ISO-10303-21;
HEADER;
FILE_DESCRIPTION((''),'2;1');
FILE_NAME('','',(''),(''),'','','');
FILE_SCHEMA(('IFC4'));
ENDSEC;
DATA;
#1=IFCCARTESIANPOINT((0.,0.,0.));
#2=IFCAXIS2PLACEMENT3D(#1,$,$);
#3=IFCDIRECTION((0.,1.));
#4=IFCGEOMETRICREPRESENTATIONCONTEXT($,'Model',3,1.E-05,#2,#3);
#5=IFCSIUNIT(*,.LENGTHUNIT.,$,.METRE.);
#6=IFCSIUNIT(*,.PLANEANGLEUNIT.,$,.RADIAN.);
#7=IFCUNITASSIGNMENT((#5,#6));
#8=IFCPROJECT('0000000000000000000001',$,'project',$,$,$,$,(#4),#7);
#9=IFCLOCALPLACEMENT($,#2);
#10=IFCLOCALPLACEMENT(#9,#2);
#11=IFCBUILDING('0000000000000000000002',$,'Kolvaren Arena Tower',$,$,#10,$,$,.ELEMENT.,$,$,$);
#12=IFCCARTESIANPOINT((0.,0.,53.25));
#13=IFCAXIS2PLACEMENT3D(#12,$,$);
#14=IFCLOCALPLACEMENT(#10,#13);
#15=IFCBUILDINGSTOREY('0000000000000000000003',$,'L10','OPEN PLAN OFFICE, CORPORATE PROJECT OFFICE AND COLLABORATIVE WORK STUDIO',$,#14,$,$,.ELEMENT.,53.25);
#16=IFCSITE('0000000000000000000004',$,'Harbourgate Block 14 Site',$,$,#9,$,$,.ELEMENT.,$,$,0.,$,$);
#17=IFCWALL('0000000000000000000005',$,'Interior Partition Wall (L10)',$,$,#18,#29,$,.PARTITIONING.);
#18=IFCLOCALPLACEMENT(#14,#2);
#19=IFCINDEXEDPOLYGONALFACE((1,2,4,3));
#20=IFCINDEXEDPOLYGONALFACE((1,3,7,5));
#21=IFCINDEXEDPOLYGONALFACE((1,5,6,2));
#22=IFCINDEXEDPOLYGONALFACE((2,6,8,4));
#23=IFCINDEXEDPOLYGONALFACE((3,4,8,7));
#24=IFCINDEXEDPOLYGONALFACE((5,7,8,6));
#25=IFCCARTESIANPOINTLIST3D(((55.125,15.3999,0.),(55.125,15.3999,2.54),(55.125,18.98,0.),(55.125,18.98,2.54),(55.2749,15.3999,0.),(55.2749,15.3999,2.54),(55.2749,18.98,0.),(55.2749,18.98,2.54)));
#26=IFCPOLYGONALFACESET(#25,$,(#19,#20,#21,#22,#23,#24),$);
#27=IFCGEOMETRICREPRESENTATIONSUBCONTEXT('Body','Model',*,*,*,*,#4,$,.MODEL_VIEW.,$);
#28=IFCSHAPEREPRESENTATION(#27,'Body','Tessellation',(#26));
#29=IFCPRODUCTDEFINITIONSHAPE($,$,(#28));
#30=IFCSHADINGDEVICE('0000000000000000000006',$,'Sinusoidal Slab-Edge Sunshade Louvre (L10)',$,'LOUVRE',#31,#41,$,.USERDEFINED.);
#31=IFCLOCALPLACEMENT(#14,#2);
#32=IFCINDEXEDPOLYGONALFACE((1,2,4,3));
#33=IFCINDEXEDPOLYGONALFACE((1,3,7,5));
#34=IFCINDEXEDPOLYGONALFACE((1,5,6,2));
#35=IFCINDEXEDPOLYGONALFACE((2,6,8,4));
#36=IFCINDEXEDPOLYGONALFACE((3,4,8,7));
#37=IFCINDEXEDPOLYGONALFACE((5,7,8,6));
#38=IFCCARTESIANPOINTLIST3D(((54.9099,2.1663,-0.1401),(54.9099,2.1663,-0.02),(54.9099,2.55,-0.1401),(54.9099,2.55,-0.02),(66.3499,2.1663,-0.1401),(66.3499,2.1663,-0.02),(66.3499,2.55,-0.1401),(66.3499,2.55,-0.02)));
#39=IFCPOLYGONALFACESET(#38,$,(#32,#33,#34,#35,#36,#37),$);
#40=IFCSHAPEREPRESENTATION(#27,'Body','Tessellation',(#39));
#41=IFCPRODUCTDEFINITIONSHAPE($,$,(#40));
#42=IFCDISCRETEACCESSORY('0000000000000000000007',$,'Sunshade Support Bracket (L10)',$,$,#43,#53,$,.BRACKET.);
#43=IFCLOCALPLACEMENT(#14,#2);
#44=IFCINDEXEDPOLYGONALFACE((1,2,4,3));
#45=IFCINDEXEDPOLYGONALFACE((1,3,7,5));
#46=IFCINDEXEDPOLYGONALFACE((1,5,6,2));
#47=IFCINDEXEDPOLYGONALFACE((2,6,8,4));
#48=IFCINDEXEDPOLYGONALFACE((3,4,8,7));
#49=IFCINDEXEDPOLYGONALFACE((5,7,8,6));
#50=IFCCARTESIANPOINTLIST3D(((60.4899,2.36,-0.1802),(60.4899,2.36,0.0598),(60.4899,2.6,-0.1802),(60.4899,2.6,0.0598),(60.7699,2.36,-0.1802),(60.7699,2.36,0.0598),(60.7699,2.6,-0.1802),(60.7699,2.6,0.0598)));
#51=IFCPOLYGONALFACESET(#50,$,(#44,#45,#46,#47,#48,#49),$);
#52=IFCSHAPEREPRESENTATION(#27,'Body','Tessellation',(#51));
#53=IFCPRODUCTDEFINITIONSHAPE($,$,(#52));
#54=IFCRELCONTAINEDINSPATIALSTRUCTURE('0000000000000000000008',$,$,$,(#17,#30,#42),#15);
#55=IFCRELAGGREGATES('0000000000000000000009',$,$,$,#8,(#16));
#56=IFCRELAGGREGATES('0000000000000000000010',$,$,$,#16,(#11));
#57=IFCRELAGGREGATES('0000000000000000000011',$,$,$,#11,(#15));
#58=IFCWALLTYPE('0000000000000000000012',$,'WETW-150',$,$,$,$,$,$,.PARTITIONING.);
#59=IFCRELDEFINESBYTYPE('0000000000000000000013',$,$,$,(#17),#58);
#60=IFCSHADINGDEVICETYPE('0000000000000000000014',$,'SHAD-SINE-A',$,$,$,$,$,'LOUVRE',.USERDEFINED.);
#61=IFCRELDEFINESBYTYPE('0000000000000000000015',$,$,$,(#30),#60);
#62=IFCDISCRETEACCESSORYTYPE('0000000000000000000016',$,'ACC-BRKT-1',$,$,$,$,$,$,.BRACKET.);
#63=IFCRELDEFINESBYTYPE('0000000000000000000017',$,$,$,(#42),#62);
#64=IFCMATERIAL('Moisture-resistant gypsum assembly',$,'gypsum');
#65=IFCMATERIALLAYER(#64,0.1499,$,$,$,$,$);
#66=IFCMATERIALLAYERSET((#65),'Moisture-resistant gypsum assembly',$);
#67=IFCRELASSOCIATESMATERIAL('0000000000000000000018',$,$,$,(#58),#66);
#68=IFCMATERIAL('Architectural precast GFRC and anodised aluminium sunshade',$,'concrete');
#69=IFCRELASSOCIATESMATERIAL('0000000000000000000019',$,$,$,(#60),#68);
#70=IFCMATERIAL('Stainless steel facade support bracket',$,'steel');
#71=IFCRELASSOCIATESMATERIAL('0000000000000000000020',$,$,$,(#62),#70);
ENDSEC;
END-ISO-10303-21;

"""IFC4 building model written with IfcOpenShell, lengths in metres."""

from ifc_helpers import new_model, si_unit, direction, frame, frame_2d, origin, origin_2d, place, context, subcontext, project, spatial, rectangle, extrude, material, layer, layer_set, type_object, element, save


model = new_model("IFC4")

# Units and contexts
model_context = context("Model", 3, precision=1e-05, world=origin(), true_north=direction((0.0, 1.0)))
body_context = subcontext(model_context, "Body", "Model", "MODEL_VIEW")
ifc_project = project(units=[si_unit("LENGTHUNIT", "METRE"), si_unit("PLANEANGLEUNIT", "RADIAN")], contexts=[model_context])

# Site, building, storey
site_placement = place(None, origin())
site = spatial("IfcSite", under=ifc_project, at=site_placement, Name="Harbourgate Block 14 Site", CompositionType="ELEMENT", RefElevation=0.0)
building_placement = place(site_placement, origin())
building = spatial("IfcBuilding", under=site, at=building_placement, Name="Kolvaren Arena Tower", CompositionType="ELEMENT")
storey_placement = place(building_placement, frame((0.0, 0.0, 53.25)))
storey = spatial("IfcBuildingStorey", under=building, at=storey_placement, Name="L10", Description="OPEN PLAN OFFICE, CORPORATE PROJECT OFFICE AND COLLABORATIVE WORK STUDIO", CompositionType="ELEMENT", Elevation=53.25)

# Wall
ifc_material_1 = material(Name="Moisture-resistant gypsum assembly", Category="gypsum")
ifc_layer_1 = layer(ifc_material_1, 0.1499)
ifc_layer_set_1 = layer_set([ifc_layer_1], Name="Moisture-resistant gypsum assembly")
wall_type_1 = type_object("IfcWallType", Name="WETW-150", PredefinedType="PARTITIONING", material=ifc_layer_set_1)
wall_1_placement = place(storey_placement, frame((55.2, 15.3999, 0.0), z_axis=(0.0, 0.0, 1.0), x_axis=(0.0, 1.0, 0.0)))
element("IfcWall", 1, at=wall_1_placement, inside=storey, type_object=wall_type_1, Name="Interior Partition Wall (L10)", PredefinedType="PARTITIONING", context=body_context, shape_type="SweptSolid", body=[
    extrude(rectangle(XDim=3.5801, YDim=0.1499, at=frame_2d((1.79, 0.0))), origin(), (0.0, 0.0, 1.0), 2.54),
])

# Shading device
ifc_material_2 = material(Name="Architectural precast GFRC and anodised aluminium sunshade", Category="concrete")
shading_device_type = type_object("IfcShadingDeviceType", Name="SHAD-SINE-A", ElementType="LOUVRE", PredefinedType="USERDEFINED", material=ifc_material_2)
shading_device_placement = place(storey_placement, frame((60.6299, 2.3582, -0.1401), z_axis=(0.0, 0.0, 1.0), x_axis=(-1.0, 0.0, 0.0)))
element("IfcShadingDevice", 2, at=shading_device_placement, inside=storey, type_object=shading_device_type, Name="Sinusoidal Slab-Edge Sunshade Louvre (L10)", ObjectType="LOUVRE", PredefinedType="USERDEFINED", context=body_context, shape_type="SweptSolid", body=[
    extrude(rectangle(XDim=11.4399, YDim=0.3838, at=origin_2d()), origin(), (0.0, 0.0, 1.0), 0.1201),
])

# Discrete accessory
ifc_material_3 = material(Name="Stainless steel facade support bracket", Category="steel")
discrete_accessory_type = type_object("IfcDiscreteAccessoryType", Name="ACC-BRKT-1", PredefinedType="BRACKET", material=ifc_material_3)
discrete_accessory_placement = place(storey_placement, frame((60.6299, 2.48, -0.1802), z_axis=(0.0, 0.0, 1.0), x_axis=(-1.0, 0.0, 0.0)))
element("IfcDiscreteAccessory", 3, at=discrete_accessory_placement, inside=storey, type_object=discrete_accessory_type, Name="Sunshade Support Bracket (L10)", PredefinedType="BRACKET", context=body_context, shape_type="SweptSolid", body=[
    extrude(rectangle(XDim=0.28, YDim=0.24, at=origin_2d()), origin(), (0.0, 0.0, 1.0), 0.24),
])

save(model, "model.ifc")
